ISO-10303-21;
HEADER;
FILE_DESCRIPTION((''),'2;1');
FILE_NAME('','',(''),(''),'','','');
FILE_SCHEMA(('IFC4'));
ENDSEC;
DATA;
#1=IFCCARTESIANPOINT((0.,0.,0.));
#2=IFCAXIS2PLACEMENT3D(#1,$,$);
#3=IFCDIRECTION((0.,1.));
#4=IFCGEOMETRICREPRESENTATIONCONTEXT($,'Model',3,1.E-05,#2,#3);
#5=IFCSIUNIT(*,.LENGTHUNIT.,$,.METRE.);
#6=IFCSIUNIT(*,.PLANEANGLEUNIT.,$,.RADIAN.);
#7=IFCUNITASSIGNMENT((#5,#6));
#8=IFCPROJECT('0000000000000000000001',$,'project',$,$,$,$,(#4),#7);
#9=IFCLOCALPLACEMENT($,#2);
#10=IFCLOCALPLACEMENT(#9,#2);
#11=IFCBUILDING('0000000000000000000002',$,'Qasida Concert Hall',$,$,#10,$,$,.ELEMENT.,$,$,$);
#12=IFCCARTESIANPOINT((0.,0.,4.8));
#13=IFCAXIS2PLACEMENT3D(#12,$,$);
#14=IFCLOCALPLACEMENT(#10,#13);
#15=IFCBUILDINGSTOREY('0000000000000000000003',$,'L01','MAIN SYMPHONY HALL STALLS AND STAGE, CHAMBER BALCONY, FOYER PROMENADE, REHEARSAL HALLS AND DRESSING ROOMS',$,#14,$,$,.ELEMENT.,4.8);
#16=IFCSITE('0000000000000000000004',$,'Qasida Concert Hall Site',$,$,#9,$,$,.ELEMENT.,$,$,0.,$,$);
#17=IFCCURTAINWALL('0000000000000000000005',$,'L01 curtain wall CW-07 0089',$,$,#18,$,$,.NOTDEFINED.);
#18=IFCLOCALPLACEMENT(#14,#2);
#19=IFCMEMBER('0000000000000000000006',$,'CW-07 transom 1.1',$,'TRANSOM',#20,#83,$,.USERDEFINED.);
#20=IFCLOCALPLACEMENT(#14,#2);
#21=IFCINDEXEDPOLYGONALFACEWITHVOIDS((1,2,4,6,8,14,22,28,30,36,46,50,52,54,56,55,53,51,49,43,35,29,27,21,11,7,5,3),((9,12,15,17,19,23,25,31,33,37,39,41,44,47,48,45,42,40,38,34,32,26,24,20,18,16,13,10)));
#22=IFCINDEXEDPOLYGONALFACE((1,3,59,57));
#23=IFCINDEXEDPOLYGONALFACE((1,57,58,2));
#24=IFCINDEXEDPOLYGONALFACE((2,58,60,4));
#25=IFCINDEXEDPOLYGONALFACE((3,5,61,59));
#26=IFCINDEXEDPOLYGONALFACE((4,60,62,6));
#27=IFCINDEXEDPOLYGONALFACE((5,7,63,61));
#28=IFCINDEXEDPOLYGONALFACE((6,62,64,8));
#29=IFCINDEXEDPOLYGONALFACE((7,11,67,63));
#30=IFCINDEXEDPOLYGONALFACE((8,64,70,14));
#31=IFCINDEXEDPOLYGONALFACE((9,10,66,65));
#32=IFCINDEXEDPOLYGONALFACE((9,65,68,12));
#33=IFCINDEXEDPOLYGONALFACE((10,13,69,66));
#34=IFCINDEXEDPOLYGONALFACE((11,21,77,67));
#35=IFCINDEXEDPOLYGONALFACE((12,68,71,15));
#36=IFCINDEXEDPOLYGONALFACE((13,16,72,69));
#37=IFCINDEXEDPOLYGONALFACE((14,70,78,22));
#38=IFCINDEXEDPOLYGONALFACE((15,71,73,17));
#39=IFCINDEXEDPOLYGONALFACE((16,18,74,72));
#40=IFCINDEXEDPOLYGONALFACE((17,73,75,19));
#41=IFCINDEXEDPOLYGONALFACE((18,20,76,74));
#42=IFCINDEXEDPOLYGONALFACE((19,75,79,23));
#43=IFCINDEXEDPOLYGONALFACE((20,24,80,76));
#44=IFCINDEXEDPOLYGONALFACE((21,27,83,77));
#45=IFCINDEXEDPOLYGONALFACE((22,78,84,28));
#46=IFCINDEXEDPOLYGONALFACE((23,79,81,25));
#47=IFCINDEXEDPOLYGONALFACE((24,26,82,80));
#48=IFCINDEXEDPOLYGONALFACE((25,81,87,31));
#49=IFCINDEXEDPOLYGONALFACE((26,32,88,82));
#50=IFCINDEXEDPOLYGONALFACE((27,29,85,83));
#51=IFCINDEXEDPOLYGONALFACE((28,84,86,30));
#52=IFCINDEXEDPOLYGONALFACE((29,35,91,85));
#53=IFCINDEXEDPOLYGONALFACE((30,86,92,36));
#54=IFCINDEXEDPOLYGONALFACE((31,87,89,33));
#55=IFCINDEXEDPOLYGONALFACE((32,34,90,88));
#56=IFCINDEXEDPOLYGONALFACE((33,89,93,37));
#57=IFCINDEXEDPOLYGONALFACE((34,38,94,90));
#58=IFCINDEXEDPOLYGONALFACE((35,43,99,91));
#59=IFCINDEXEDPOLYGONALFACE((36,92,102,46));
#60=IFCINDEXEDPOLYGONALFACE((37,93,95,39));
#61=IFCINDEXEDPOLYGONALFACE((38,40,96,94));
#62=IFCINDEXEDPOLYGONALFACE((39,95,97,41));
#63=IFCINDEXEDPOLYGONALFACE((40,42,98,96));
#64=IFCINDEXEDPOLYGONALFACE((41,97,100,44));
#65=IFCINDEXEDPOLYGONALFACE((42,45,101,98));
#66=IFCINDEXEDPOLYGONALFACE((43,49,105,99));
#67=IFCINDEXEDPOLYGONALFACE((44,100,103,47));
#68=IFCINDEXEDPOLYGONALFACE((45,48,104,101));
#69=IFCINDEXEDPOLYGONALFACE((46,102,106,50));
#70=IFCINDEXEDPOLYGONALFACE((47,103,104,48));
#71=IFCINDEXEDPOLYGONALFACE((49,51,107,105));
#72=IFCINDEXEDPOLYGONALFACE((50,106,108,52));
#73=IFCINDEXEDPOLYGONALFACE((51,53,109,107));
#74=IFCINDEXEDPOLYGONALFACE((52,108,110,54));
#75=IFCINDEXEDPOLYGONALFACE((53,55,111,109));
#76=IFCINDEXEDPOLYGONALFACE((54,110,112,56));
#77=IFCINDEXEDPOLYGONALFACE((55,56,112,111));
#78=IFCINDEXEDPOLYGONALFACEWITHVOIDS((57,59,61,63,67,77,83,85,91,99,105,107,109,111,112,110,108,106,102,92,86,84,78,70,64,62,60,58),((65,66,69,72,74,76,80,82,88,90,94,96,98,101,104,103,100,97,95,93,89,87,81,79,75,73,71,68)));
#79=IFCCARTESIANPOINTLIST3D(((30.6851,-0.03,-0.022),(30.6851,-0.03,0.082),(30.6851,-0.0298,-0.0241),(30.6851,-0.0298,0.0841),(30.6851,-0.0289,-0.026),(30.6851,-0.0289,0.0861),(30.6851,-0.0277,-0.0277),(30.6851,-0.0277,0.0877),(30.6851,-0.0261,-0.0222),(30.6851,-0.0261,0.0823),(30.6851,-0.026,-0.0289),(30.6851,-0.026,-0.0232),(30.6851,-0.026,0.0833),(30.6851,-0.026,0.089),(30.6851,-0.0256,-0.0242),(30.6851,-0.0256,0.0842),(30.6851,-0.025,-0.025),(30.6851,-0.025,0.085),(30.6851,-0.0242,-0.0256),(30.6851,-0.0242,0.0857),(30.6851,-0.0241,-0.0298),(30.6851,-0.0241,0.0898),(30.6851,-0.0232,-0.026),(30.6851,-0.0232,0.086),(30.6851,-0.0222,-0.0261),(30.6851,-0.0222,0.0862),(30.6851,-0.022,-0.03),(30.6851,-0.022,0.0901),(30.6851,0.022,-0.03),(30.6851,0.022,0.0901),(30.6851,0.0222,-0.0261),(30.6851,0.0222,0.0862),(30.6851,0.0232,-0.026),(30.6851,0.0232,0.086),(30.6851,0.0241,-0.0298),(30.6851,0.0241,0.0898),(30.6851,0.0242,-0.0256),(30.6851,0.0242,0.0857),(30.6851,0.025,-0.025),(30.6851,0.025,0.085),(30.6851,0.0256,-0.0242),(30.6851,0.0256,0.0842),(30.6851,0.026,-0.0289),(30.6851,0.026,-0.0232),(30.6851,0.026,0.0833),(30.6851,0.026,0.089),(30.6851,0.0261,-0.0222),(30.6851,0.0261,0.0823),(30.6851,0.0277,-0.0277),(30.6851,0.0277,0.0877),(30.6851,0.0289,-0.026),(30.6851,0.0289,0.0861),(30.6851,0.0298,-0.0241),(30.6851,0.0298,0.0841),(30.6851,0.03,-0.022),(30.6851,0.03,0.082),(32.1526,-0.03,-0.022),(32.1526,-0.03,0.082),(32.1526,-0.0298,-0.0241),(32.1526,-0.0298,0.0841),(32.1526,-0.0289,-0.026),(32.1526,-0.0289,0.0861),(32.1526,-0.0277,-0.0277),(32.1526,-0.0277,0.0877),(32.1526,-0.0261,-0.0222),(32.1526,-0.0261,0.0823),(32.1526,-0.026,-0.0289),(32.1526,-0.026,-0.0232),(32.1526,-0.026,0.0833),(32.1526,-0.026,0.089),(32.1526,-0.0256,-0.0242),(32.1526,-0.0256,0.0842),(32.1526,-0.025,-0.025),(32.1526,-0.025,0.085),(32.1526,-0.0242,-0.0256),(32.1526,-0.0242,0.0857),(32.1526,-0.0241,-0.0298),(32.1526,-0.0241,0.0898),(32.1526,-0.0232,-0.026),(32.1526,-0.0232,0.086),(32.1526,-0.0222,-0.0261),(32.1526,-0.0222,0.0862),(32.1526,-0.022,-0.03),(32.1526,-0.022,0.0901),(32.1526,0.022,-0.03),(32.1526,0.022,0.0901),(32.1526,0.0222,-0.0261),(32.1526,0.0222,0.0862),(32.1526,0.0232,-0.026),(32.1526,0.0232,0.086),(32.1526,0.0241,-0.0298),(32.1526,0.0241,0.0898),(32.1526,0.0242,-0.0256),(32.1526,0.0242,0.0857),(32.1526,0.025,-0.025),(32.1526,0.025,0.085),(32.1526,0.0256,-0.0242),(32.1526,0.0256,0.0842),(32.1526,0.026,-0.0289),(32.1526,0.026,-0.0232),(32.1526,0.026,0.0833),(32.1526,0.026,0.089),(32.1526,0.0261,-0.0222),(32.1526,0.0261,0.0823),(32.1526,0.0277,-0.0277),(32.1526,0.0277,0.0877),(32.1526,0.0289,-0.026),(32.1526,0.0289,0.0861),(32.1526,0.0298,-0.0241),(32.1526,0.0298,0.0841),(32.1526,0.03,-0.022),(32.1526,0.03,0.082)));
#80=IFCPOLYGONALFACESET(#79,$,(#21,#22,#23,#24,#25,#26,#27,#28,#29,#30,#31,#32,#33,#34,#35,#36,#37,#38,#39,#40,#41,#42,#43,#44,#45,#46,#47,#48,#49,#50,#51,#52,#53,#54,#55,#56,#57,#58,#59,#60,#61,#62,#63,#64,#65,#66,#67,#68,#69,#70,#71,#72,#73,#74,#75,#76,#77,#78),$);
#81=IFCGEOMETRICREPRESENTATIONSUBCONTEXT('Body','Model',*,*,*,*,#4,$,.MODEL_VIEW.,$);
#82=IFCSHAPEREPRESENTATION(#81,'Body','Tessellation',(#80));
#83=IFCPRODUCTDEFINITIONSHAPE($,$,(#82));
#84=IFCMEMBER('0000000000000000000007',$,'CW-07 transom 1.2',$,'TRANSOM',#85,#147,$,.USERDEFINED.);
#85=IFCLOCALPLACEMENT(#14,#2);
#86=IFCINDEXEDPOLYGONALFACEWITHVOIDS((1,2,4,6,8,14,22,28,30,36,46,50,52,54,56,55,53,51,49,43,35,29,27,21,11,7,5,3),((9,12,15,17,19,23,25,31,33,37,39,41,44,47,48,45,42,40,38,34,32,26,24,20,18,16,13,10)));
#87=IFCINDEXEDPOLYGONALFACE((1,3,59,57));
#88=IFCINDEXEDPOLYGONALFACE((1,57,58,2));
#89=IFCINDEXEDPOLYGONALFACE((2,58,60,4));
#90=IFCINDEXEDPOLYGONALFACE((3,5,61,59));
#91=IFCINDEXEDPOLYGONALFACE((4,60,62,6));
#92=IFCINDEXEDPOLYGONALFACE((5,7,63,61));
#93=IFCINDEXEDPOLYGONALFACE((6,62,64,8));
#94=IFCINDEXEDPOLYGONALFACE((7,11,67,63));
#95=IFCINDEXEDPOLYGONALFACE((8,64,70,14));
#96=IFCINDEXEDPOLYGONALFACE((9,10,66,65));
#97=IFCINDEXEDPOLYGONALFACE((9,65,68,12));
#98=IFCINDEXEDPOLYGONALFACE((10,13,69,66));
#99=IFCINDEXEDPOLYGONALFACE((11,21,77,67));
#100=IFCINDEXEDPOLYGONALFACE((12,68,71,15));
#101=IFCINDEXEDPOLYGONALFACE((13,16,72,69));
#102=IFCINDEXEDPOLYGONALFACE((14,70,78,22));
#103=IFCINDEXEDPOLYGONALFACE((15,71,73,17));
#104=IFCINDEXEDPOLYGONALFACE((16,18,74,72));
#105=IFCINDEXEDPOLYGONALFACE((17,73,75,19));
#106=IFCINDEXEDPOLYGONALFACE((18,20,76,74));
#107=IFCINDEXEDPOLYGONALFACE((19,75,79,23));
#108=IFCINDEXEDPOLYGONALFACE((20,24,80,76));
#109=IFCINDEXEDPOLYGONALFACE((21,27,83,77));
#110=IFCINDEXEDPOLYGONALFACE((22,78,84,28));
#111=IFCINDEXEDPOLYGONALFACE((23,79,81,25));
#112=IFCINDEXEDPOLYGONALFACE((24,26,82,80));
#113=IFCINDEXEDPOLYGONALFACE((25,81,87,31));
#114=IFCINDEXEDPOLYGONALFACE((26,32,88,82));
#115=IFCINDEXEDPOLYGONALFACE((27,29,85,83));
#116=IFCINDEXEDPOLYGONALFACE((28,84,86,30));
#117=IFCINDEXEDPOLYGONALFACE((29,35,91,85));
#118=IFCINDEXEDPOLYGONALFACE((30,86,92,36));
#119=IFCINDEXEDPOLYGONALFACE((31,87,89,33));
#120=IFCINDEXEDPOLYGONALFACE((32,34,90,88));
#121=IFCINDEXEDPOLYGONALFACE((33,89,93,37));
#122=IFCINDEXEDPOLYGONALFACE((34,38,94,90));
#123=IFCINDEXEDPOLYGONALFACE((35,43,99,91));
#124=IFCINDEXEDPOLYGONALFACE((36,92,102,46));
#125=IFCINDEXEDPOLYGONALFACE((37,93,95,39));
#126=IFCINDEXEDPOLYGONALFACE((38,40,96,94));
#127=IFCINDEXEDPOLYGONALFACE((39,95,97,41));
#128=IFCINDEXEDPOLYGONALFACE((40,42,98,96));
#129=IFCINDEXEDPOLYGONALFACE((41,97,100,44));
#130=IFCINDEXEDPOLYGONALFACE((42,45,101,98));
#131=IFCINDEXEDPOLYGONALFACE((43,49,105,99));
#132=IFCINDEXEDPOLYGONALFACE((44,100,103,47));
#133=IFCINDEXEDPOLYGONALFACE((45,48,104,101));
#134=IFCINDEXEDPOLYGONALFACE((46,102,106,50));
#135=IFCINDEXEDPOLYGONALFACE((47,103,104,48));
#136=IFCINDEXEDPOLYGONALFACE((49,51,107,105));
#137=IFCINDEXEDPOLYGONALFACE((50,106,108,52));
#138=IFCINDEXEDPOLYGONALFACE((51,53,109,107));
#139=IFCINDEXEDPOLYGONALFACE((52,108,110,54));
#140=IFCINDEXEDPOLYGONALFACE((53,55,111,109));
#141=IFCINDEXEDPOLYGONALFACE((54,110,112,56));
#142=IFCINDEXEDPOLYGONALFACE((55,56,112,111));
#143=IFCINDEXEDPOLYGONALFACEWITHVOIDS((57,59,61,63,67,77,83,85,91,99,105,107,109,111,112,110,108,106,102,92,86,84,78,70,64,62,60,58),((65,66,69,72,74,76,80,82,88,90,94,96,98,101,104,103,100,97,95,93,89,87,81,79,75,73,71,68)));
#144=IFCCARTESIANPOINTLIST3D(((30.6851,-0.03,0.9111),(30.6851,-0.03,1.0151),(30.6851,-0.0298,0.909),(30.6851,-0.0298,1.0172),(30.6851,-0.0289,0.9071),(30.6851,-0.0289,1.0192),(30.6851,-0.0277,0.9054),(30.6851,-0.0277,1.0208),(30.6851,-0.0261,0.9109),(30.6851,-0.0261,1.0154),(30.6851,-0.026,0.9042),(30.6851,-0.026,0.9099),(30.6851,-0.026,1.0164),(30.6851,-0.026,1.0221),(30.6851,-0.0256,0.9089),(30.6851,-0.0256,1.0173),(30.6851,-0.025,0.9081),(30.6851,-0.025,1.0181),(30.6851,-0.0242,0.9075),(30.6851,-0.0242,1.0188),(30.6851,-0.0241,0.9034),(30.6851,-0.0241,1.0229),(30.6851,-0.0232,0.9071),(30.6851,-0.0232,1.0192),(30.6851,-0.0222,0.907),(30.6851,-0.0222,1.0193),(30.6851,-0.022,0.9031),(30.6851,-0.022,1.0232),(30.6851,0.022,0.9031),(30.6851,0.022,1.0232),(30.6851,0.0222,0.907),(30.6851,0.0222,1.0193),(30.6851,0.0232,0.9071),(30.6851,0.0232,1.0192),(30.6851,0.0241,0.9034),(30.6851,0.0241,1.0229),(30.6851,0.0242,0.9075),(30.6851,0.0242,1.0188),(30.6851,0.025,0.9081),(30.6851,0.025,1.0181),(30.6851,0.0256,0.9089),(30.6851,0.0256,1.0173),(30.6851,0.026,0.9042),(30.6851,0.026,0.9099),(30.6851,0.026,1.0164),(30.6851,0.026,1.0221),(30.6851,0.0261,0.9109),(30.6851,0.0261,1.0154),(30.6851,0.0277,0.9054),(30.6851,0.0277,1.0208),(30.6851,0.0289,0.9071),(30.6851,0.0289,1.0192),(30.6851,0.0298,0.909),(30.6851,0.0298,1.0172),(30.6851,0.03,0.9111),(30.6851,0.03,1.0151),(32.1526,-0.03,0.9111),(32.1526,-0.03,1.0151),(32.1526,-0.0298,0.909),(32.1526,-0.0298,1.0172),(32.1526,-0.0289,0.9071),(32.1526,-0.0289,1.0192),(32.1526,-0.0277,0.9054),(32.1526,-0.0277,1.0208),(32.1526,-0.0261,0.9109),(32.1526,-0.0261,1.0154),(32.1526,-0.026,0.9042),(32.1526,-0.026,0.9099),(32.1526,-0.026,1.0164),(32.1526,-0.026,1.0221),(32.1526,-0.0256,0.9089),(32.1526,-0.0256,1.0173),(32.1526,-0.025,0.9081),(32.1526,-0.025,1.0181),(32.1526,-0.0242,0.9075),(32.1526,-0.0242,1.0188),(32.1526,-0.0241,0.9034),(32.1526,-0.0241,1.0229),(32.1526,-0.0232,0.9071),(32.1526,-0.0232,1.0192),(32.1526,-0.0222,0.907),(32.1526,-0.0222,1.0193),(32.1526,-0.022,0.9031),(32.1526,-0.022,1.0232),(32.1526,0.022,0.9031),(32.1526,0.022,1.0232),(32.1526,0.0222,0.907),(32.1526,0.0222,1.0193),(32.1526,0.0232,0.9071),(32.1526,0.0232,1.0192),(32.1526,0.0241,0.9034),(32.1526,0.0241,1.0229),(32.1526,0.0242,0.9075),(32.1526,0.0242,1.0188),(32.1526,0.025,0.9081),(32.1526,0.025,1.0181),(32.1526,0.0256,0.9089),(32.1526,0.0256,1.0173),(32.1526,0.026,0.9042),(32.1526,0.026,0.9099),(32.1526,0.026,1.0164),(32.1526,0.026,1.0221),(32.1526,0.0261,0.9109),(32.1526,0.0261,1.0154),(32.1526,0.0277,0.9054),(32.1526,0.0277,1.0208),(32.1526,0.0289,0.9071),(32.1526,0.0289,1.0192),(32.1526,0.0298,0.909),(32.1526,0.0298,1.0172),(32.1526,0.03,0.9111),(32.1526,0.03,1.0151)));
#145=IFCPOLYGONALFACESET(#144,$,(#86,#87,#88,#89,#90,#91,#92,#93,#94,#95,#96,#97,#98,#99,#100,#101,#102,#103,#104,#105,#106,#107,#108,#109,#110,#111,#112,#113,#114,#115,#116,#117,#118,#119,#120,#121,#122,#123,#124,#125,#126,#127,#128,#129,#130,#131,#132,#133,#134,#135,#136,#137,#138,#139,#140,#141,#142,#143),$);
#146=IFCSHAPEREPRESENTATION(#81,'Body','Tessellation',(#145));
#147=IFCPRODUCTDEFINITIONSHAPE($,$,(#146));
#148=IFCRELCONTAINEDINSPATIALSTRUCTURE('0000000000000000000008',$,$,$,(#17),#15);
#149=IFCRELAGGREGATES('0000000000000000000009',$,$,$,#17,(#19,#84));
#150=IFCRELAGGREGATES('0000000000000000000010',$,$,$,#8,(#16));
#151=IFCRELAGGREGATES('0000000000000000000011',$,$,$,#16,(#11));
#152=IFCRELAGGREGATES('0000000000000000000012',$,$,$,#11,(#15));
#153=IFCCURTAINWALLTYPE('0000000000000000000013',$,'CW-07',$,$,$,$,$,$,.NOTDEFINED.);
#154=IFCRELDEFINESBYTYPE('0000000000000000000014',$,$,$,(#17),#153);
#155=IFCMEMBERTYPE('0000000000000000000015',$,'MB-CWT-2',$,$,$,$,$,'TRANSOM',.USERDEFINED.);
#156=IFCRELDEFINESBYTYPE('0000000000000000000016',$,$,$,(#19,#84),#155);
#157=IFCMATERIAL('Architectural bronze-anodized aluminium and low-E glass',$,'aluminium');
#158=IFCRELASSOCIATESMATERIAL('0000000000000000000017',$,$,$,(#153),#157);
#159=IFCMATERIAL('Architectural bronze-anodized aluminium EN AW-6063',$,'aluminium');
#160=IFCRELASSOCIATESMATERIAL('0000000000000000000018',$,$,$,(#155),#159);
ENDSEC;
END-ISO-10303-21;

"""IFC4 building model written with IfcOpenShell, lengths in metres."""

from ifc_helpers import new_model, si_unit, direction, frame, origin, origin_2d, place, context, subcontext, project, spatial, hollow_rectangle, extrude, material, material_profile, profile_set, type_object, element, aggregate, save


model = new_model("IFC4")

# Units and contexts
model_context = context("Model", 3, precision=1e-05, world=origin(), true_north=direction((0.0, 1.0)))
body_context = subcontext(model_context, "Body", "Model", "MODEL_VIEW")
ifc_project = project(units=[si_unit("LENGTHUNIT", "METRE"), si_unit("PLANEANGLEUNIT", "RADIAN")], contexts=[model_context])

# Site, building, storey
site_placement = place(None, origin())
site = spatial("IfcSite", under=ifc_project, at=site_placement, Name="Qasida Concert Hall Site", CompositionType="ELEMENT", RefElevation=0.0)
building_placement = place(site_placement, origin())
building = spatial("IfcBuilding", under=site, at=building_placement, Name="Qasida Concert Hall", CompositionType="ELEMENT")
storey_placement = place(building_placement, frame((0.0, 0.0, 4.8)))
storey = spatial("IfcBuildingStorey", under=building, at=storey_placement, Name="L01", Description="MAIN SYMPHONY HALL STALLS AND STAGE, CHAMBER BALCONY, FOYER PROMENADE, REHEARSAL HALLS AND DRESSING ROOMS", CompositionType="ELEMENT", Elevation=4.8)

# Shared definitions
ifc_material_1 = material(Name="Architectural bronze-anodized aluminium and low-E glass", Category="aluminium")
curtain_wall_type = type_object("IfcCurtainWallType", Name="CW-07", PredefinedType="NOTDEFINED", material=ifc_material_1)
ifc_material_2 = material(Name="Architectural bronze-anodized aluminium EN AW-6063", Category="aluminium")

# Curtain wall
curtain_wall_1_placement = place(storey_placement, origin())
curtain_wall_1 = element("IfcCurtainWall", 1, at=curtain_wall_1_placement, inside=storey, type_object=curtain_wall_type, Name="L01 curtain wall CW-07 0089", PredefinedType="NOTDEFINED")

# Members
ifc_material_profile_1 = material_profile(ifc_material_2, hollow_rectangle(XDim=0.0601, YDim=0.1201, WallThickness=0.0039, InnerFilletRadius=0.0039, OuterFilletRadius=0.0081, at=origin_2d()), Name="CWT 120x60x4")
ifc_profile_set_1 = profile_set([ifc_material_profile_1], Name="Architectural bronze-anodized aluminium EN AW-6063")
member_type_1 = type_object("IfcMemberType", Name="MB-CWT-2", ElementType="TRANSOM", PredefinedType="USERDEFINED", material=ifc_profile_set_1)
member_1_placement = place(storey_placement, frame((30.6851, 0.0, 0.03), z_axis=(1.0, 0.0, 0.0), x_axis=(0.0, 1.0, 0.0)))
member_1 = element("IfcMember", 2, at=member_1_placement, type_object=member_type_1, Name="CW-07 transom 1.1", ObjectType="TRANSOM", PredefinedType="USERDEFINED", context=body_context, shape_type="SweptSolid", body=[
    extrude(hollow_rectangle(XDim=0.0601, YDim=0.1201, WallThickness=0.0039, InnerFilletRadius=0.0039, OuterFilletRadius=0.0081, at=origin_2d()), origin(), (0.0, 0.0, 1.0), 1.4675),
])
member_2_placement = place(storey_placement, frame((30.6851, 0.0, 0.9631), z_axis=(1.0, 0.0, 0.0), x_axis=(0.0, 1.0, 0.0)))
member_2 = element("IfcMember", 3, at=member_2_placement, type_object=member_type_1, Name="CW-07 transom 1.2", ObjectType="TRANSOM", PredefinedType="USERDEFINED", context=body_context, shape_type="SweptSolid", body=[
    extrude(hollow_rectangle(XDim=0.0601, YDim=0.1201, WallThickness=0.0039, InnerFilletRadius=0.0039, OuterFilletRadius=0.0081, at=origin_2d()), origin(), (0.0, 0.0, 1.0), 1.4675),
])
aggregate(curtain_wall_1, [member_1, member_2])

save(model, "model.ifc")
